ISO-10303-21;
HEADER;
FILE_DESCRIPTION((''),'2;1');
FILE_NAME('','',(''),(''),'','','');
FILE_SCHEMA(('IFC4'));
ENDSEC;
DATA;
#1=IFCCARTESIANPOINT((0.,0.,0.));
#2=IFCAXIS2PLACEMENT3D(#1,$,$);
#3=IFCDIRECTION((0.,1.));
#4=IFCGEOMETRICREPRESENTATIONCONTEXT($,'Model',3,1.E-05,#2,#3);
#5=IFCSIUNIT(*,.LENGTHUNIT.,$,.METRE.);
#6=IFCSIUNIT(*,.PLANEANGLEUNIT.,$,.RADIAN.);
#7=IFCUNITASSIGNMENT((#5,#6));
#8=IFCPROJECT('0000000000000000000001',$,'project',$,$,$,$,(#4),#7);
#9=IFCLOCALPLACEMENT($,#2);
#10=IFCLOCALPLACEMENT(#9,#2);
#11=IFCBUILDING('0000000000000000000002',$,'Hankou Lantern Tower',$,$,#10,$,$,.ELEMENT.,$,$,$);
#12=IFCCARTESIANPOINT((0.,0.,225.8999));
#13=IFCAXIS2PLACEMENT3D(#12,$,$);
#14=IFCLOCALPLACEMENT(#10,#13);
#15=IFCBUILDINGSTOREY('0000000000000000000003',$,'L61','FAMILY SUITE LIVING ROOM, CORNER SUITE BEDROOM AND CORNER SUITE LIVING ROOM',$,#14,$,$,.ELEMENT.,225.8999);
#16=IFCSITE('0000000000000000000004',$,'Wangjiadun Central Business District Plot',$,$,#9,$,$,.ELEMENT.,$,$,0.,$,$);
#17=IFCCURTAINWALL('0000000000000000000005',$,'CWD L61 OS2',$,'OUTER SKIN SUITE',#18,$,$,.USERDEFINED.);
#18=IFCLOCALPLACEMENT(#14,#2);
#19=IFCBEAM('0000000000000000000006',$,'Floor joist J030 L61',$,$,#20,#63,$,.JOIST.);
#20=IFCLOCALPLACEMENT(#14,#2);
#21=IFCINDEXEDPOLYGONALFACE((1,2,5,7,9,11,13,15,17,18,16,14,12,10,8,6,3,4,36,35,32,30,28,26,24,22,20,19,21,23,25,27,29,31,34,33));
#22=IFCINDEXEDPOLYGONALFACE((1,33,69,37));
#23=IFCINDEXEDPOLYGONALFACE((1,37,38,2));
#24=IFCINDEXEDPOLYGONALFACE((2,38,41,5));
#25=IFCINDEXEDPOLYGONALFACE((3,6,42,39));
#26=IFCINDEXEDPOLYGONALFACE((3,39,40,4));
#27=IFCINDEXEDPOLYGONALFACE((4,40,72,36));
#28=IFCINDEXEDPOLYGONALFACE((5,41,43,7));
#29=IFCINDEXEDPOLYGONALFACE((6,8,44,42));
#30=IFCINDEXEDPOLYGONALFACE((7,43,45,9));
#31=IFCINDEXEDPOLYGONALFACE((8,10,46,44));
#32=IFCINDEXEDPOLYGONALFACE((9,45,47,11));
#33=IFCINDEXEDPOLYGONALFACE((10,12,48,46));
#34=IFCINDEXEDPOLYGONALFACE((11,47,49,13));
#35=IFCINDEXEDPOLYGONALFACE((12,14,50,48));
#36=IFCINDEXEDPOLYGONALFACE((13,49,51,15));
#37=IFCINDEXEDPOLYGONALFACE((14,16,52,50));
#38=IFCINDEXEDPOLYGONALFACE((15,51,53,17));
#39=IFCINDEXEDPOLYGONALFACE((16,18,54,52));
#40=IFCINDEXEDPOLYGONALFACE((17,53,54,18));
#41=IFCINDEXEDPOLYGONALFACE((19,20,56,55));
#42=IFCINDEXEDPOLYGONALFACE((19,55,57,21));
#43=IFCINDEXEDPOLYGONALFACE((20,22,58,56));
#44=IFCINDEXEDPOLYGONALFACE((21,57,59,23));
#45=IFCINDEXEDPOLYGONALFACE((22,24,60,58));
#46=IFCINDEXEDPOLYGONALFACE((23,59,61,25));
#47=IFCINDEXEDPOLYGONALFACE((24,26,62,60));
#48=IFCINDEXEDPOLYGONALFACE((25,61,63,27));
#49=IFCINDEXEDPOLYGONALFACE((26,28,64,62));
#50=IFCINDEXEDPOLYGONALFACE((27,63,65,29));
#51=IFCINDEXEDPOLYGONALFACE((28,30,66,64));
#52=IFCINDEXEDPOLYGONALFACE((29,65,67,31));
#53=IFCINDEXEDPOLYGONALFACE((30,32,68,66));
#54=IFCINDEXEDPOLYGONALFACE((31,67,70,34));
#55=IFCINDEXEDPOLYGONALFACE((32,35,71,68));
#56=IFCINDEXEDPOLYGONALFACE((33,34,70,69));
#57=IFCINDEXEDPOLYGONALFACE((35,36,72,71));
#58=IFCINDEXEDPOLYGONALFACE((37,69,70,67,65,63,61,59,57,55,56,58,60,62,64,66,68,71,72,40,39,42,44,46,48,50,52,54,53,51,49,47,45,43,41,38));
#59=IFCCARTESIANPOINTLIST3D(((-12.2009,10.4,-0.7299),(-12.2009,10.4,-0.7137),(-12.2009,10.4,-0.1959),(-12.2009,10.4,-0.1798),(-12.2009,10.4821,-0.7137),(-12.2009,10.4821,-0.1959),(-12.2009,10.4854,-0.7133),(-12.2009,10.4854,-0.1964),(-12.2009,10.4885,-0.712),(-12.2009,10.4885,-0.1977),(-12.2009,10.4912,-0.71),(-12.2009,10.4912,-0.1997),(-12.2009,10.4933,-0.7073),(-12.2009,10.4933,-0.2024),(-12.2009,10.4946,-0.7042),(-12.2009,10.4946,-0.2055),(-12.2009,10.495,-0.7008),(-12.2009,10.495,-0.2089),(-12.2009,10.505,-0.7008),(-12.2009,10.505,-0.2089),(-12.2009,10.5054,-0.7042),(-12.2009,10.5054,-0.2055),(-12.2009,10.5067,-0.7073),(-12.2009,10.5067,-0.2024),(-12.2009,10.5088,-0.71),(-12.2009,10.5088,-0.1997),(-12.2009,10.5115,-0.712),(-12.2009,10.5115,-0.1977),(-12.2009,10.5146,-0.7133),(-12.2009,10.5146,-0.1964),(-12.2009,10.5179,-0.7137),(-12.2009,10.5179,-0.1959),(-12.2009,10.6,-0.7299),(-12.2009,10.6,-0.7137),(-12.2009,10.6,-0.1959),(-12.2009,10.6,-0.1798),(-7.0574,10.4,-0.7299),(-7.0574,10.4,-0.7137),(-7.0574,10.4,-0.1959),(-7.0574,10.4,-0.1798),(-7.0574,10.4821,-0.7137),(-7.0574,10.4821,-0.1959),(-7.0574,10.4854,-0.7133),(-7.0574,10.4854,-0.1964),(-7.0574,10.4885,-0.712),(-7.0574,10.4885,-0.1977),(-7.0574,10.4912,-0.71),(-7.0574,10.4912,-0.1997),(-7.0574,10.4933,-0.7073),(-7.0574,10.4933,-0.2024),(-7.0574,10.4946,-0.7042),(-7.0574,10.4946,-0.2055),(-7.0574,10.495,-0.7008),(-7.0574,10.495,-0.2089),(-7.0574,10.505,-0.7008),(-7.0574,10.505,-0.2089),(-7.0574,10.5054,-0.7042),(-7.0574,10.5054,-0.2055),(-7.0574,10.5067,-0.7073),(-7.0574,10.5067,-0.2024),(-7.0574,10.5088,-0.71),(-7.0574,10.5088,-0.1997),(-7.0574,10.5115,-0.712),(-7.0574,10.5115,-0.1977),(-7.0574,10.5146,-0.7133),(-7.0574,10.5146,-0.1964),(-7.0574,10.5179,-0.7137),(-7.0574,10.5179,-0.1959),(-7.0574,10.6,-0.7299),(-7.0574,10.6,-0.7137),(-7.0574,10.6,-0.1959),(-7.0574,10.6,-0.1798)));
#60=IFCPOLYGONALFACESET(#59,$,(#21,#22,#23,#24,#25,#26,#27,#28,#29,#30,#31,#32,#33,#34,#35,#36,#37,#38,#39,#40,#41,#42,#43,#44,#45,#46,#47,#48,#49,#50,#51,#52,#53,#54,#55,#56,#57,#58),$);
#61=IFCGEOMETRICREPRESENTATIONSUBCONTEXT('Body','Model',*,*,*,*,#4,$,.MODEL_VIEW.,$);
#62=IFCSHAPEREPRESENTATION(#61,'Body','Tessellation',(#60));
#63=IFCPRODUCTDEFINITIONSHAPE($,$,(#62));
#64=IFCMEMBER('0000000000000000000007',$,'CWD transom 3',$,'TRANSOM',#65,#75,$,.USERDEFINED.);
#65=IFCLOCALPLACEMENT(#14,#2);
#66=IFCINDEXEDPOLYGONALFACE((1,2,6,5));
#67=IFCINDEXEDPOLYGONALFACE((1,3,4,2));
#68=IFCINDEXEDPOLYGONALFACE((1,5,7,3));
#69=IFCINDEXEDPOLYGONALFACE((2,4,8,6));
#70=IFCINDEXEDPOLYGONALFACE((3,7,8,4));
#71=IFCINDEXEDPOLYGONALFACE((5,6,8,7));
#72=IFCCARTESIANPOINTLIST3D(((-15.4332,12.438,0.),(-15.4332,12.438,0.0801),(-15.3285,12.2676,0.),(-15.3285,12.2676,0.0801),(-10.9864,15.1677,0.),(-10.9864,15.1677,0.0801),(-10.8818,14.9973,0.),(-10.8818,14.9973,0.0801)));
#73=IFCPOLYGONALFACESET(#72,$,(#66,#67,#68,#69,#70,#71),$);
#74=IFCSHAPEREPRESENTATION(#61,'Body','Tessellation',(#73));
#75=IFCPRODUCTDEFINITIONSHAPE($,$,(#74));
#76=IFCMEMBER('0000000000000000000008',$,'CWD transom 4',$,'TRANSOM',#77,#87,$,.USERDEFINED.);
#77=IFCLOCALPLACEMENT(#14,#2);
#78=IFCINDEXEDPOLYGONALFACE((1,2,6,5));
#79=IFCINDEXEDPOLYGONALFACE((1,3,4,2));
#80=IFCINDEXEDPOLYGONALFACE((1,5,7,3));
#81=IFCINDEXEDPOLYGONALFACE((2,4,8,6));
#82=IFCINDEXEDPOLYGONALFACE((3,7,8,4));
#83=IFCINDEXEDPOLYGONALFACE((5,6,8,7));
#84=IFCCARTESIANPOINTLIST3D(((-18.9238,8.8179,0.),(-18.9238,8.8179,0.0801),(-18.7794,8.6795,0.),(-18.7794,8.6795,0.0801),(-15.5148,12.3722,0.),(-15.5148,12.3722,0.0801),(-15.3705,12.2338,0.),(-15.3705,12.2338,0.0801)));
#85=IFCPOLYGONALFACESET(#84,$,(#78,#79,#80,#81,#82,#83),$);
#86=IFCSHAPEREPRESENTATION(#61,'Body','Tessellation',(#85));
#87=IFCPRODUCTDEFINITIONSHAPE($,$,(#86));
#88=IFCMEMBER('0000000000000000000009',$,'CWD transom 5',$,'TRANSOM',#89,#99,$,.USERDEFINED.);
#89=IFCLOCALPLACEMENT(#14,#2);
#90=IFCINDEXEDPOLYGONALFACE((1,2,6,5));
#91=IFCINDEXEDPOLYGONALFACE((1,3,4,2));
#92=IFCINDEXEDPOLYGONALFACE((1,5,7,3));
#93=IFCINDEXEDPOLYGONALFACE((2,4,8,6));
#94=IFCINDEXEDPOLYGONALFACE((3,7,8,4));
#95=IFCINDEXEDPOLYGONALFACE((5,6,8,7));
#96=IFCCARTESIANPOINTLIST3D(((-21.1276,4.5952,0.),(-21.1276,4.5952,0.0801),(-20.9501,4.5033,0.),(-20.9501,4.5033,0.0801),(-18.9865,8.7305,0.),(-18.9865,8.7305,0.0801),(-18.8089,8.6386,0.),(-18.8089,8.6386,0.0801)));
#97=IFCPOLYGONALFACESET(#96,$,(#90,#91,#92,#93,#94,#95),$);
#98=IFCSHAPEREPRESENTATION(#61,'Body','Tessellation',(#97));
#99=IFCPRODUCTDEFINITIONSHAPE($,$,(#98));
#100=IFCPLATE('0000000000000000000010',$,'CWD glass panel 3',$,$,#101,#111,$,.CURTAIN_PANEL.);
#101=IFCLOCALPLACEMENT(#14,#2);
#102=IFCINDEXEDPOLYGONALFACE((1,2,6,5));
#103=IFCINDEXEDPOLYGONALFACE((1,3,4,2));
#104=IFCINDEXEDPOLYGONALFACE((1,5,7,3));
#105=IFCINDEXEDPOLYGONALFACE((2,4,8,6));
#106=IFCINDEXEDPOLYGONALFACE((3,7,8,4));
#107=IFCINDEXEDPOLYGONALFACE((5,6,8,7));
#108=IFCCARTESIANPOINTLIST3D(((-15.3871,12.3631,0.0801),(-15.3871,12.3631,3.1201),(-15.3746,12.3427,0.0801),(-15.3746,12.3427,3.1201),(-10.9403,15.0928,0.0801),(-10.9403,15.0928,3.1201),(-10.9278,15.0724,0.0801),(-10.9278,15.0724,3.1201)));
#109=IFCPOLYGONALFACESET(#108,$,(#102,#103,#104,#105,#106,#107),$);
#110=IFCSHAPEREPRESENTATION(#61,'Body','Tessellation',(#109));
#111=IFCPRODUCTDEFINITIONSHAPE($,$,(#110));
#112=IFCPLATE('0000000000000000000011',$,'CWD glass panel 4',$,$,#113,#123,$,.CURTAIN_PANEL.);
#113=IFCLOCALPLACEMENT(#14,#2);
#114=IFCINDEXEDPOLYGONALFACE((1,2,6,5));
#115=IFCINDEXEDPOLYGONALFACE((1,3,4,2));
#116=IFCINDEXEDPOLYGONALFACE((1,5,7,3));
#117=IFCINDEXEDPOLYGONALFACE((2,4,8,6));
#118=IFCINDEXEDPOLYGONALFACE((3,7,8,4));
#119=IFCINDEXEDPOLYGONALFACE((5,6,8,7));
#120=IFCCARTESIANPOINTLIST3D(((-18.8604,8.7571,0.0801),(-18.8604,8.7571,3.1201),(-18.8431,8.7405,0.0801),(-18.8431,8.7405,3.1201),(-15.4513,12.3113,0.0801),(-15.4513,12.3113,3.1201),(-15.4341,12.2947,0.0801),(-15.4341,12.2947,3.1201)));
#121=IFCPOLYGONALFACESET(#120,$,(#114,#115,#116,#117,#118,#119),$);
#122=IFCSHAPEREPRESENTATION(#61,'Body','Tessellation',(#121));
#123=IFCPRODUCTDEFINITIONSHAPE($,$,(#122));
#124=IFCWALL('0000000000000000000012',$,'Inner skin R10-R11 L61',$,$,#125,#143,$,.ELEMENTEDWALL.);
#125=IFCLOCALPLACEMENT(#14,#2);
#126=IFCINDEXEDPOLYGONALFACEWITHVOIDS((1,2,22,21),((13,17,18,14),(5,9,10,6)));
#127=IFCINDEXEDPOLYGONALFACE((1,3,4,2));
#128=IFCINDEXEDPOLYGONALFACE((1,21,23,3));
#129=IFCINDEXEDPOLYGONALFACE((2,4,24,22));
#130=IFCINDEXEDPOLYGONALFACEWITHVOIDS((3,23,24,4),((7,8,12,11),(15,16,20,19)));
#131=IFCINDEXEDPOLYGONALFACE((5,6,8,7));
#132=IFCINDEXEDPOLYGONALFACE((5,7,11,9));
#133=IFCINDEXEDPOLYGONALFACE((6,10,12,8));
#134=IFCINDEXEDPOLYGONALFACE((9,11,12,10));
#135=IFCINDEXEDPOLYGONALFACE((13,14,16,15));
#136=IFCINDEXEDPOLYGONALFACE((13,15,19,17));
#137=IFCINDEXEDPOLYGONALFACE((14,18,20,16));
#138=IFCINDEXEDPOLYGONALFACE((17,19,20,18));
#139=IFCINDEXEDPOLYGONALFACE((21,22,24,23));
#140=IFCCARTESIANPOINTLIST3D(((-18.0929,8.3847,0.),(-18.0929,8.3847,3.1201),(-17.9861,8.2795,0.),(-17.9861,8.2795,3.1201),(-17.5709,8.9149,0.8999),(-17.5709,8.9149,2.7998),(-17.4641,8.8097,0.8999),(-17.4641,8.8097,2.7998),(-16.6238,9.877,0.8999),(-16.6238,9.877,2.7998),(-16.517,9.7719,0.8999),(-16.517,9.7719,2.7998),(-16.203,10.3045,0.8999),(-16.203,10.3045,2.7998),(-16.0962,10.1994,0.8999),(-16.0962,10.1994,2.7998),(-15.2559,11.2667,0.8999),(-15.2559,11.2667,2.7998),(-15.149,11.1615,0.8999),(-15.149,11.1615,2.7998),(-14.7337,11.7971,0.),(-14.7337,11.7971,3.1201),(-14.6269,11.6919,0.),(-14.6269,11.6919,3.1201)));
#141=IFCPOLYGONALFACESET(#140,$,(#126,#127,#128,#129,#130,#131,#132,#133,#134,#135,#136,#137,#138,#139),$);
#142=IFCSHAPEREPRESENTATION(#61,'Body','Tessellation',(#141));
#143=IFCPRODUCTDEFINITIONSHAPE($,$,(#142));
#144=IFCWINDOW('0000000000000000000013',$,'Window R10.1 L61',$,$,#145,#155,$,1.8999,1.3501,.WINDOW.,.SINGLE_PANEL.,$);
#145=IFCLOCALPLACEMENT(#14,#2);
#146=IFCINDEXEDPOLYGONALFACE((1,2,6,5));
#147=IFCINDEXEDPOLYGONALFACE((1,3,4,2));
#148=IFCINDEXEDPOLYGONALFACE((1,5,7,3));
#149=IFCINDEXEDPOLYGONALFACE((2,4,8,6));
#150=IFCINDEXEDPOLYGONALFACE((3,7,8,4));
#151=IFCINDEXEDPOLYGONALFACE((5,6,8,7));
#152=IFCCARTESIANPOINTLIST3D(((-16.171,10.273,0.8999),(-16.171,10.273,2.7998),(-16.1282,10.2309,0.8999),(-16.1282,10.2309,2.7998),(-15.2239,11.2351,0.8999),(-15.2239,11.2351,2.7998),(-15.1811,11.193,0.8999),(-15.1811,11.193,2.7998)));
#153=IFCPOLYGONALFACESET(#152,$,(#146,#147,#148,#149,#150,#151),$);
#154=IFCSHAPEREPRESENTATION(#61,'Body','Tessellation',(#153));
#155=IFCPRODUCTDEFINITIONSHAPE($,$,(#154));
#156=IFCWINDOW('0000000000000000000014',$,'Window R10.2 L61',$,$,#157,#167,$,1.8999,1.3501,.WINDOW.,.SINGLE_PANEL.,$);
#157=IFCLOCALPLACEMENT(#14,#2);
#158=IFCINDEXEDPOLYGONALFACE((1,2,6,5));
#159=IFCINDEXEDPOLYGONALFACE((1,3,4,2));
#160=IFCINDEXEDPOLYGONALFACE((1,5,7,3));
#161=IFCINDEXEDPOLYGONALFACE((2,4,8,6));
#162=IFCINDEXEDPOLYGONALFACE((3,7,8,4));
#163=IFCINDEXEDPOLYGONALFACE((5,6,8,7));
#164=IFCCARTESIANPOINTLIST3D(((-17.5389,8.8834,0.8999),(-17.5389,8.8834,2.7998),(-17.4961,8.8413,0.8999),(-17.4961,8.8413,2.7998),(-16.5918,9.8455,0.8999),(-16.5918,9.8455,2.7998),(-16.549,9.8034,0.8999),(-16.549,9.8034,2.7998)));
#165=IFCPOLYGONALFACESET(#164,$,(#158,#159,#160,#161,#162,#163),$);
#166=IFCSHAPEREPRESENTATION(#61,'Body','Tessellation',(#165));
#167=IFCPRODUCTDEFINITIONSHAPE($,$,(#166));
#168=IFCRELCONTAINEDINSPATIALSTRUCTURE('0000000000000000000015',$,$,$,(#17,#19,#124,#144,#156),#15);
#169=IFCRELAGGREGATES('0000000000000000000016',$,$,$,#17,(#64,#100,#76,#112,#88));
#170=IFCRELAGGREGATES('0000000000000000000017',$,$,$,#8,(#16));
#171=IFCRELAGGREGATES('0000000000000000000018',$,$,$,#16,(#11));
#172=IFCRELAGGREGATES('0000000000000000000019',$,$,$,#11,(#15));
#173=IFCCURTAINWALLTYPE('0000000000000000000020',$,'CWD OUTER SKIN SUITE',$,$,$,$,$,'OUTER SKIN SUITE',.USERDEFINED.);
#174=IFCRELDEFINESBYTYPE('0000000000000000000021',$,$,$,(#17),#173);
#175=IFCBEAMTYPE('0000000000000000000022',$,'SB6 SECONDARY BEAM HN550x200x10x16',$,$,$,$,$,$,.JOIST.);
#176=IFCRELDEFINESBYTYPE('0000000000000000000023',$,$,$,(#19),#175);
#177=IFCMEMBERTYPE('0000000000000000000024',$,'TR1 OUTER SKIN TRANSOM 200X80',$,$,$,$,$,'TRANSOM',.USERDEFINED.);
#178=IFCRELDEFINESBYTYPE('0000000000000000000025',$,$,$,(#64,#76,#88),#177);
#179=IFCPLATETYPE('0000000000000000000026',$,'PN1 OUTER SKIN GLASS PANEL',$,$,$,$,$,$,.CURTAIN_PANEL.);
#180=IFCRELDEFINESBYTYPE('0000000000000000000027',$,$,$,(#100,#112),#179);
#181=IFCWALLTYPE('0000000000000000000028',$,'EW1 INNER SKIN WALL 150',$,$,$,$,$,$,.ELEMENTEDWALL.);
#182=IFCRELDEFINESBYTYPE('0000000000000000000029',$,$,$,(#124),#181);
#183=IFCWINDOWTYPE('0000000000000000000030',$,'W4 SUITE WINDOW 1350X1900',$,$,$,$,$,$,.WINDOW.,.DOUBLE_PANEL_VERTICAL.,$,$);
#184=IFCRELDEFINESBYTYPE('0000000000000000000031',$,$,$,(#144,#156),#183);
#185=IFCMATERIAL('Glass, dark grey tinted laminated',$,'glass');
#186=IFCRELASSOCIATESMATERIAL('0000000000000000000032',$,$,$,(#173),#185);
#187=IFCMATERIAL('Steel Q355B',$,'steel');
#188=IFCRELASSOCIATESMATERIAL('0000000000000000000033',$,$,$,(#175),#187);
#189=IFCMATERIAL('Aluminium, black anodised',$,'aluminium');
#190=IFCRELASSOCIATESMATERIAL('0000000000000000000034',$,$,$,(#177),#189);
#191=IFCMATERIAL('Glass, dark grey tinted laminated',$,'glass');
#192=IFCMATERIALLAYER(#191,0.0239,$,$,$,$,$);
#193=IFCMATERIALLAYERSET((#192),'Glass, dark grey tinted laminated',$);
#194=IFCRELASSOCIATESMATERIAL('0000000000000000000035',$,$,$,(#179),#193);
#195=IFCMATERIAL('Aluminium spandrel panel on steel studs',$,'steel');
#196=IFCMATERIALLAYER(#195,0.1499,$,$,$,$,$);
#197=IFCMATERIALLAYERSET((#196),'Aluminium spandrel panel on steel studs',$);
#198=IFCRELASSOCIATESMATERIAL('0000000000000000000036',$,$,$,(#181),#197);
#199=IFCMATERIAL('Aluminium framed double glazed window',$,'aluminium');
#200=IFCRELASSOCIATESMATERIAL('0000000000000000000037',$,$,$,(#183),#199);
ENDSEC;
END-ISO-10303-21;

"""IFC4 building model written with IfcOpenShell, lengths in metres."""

from ifc_helpers import new_model, si_unit, direction, frame, frame_2d, origin, origin_2d, place, context, subcontext, project, spatial, rectangle, i_section, extrude, material, layer, layer_set, material_profile, profile_set, type_object, element, fill, aggregate, save


model = new_model("IFC4")

# Units and contexts
model_context = context("Model", 3, precision=1e-05, world=origin(), true_north=direction((0.0, 1.0)))
body_context = subcontext(model_context, "Body", "Model", "MODEL_VIEW")
ifc_project = project(units=[si_unit("LENGTHUNIT", "METRE"), si_unit("PLANEANGLEUNIT", "RADIAN")], contexts=[model_context])

# Site, building, storey
site_placement = place(None, origin())
site = spatial("IfcSite", under=ifc_project, at=site_placement, Name="Wangjiadun Central Business District Plot", CompositionType="ELEMENT", RefElevation=0.0)
building_placement = place(site_placement, origin())
building = spatial("IfcBuilding", under=site, at=building_placement, Name="Hankou Lantern Tower", CompositionType="ELEMENT")
storey_placement = place(building_placement, frame((0.0, 0.0, 225.8999)))
storey = spatial("IfcBuildingStorey", under=building, at=storey_placement, Name="L61", Description="FAMILY SUITE LIVING ROOM, CORNER SUITE BEDROOM AND CORNER SUITE LIVING ROOM", CompositionType="ELEMENT", Elevation=225.8999)

# Curtain wall
ifc_material_1 = material(Name="Glass, dark grey tinted laminated", Category="glass")
curtain_wall_type = type_object("IfcCurtainWallType", Name="CWD OUTER SKIN SUITE", ElementType="OUTER SKIN SUITE", PredefinedType="USERDEFINED", material=ifc_material_1)
curtain_wall_placement = place(storey_placement, origin())
curtain_wall = element("IfcCurtainWall", 1, at=curtain_wall_placement, inside=storey, type_object=curtain_wall_type, Name="CWD L61 OS2", ObjectType="OUTER SKIN SUITE", PredefinedType="USERDEFINED")

# Beam
ifc_material_2 = material(Name="Steel Q355B", Category="steel")
ifc_material_profile_1 = material_profile(ifc_material_2, i_section(OverallWidth=0.2, OverallDepth=0.55, WebThickness=0.01, FlangeThickness=0.0161, FilletRadius=0.0129, at=origin_2d()), Name="HN550x200x10x16")
ifc_profile_set_1 = profile_set([ifc_material_profile_1], Name="Steel Q355B")
beam_type_1 = type_object("IfcBeamType", Name="SB6 SECONDARY BEAM HN550x200x10x16", PredefinedType="JOIST", material=ifc_profile_set_1)
beam_1_placement = place(storey_placement, frame((-12.2009, 10.5, -0.4548), z_axis=(1.0, 0.0, 0.0), x_axis=(0.0, 1.0, 0.0)))
element("IfcBeam", 2, at=beam_1_placement, inside=storey, type_object=beam_type_1, Name="Floor joist J030 L61", PredefinedType="JOIST", context=body_context, shape_type="SweptSolid", body=[
    extrude(i_section(OverallWidth=0.2, OverallDepth=0.55, WebThickness=0.01, FlangeThickness=0.0161, FilletRadius=0.0129, at=origin_2d()), origin(), (0.0, 0.0, 1.0), 5.1436),
])

# Members
ifc_material_3 = material(Name="Aluminium, black anodised", Category="aluminium")
ifc_material_profile_2 = material_profile(ifc_material_3, rectangle(XDim=0.2, YDim=0.0801, at=origin_2d()), Name="TR1 200X80")
ifc_profile_set_2 = profile_set([ifc_material_profile_2], Name="Aluminium, black anodised")
member_type_1 = type_object("IfcMemberType", Name="TR1 OUTER SKIN TRANSOM 200X80", ElementType="TRANSOM", PredefinedType="USERDEFINED", material=ifc_profile_set_2)
member_1_placement = place(storey_placement, frame((-10.9341, 15.0825, 0.04), z_axis=(-0.852235, -0.52316, 0.0), x_axis=(0.52316, -0.852235, 0.0)))
member_1 = element("IfcMember", 3, at=member_1_placement, type_object=member_type_1, Name="CWD transom 3", ObjectType="TRANSOM", PredefinedType="USERDEFINED", context=body_context, shape_type="SweptSolid", body=[
    extrude(rectangle(XDim=0.2, YDim=0.0801, at=origin_2d()), origin(), (0.0, 0.0, 1.0), 5.2178),
])
member_2_placement = place(storey_placement, frame((-15.4426, 12.303, 0.04), z_axis=(-0.692205, -0.721701, 0.0), x_axis=(0.721701, -0.692205, 0.0)))
member_2 = element("IfcMember", 4, at=member_2_placement, type_object=member_type_1, Name="CWD transom 4", ObjectType="TRANSOM", PredefinedType="USERDEFINED", context=body_context, shape_type="SweptSolid", body=[
    extrude(rectangle(XDim=0.2, YDim=0.0801, at=origin_2d()), origin(), (0.0, 0.0, 1.0), 4.9248),
])
member_3_placement = place(storey_placement, frame((-18.8977, 8.6846, 0.04), z_axis=(-0.459794, -0.888026, 0.0), x_axis=(0.888026, -0.459794, 0.0)))
member_3 = element("IfcMember", 5, at=member_3_placement, type_object=member_type_1, Name="CWD transom 5", ObjectType="TRANSOM", PredefinedType="USERDEFINED", context=body_context, shape_type="SweptSolid", body=[
    extrude(rectangle(XDim=0.2, YDim=0.0801, at=origin_2d()), origin(), (0.0, 0.0, 1.0), 4.6567),
])

# Plates
ifc_material_4 = material(Name="Glass, dark grey tinted laminated", Category="glass")
ifc_layer_1 = layer(ifc_material_4, 0.0239)
ifc_layer_set_1 = layer_set([ifc_layer_1], Name="Glass, dark grey tinted laminated")
plate_type = type_object("IfcPlateType", Name="PN1 OUTER SKIN GLASS PANEL", PredefinedType="CURTAIN_PANEL", material=ifc_layer_set_1)
plate_1_placement = place(storey_placement, frame((-13.1575, 13.7178, 0.0801), z_axis=(0.0, 0.0, 1.0), x_axis=(-0.852237, -0.523156, 0.0)))
plate_1 = element("IfcPlate", 6, at=plate_1_placement, type_object=plate_type, Name="CWD glass panel 3", PredefinedType="CURTAIN_PANEL", context=body_context, shape_type="SweptSolid", body=[
    extrude(rectangle(XDim=5.2178, YDim=0.0239, at=origin_2d()), origin(), (0.0, 0.0, 1.0), 3.04),
])
plate_2_placement = place(storey_placement, frame((-17.1472, 10.5259, 0.0801), z_axis=(0.0, 0.0, 1.0), x_axis=(-0.692216, -0.721691, 0.0)))
plate_2 = element("IfcPlate", 7, at=plate_2_placement, type_object=plate_type, Name="CWD glass panel 4", PredefinedType="CURTAIN_PANEL", context=body_context, shape_type="SweptSolid", body=[
    extrude(rectangle(XDim=4.9248, YDim=0.0239, at=origin_2d()), origin(), (0.0, 0.0, 1.0), 3.04),
])
aggregate(curtain_wall, [member_1, plate_1, member_2, plate_2, member_3])

# Wall, openings, windows
ifc_material_5 = material(Name="Aluminium spandrel panel on steel studs", Category="steel")
ifc_layer_2 = layer(ifc_material_5, 0.1499)
ifc_layer_set_2 = layer_set([ifc_layer_2], Name="Aluminium spandrel panel on steel studs")
wall_type_1 = type_object("IfcWallType", Name="EW1 INNER SKIN WALL 150", PredefinedType="ELEMENTEDWALL", material=ifc_layer_set_2)
wall_1_placement = place(storey_placement, frame((-14.6804, 11.7444, 0.0), z_axis=(0.0, 0.0, 1.0), x_axis=(-0.701527, -0.712643, 0.0)))
wall_1 = element("IfcWall", 8, at=wall_1_placement, inside=storey, type_object=wall_type_1, Name="Inner skin R10-R11 L61", PredefinedType="ELEMENTEDWALL", context=body_context, shape_type="SweptSolid", body=[
    extrude(rectangle(XDim=4.7883, YDim=0.1499, at=frame_2d((2.394, 0.0))), origin(), (0.0, 0.0, 1.0), 3.1201),
])
opening_1_placement = place(wall_1_placement, frame((0.7441, 0.0, 0.8999)))
opening_1 = element("IfcOpeningElement", 9, at=opening_1_placement, cuts=wall_1, PredefinedType="OPENING", context=body_context, shape_type="SweptSolid", body=[
    extrude(rectangle(XDim=1.3501, YDim=1.8999, at=frame_2d((0.675, 0.95))), frame((0.0, 0.085, 0.0), z_axis=(0.0, -1.0, 0.0), x_axis=(1.0, 0.0, 0.0)), (0.0, 0.0, 1.0), 0.1699),
])
opening_2_placement = place(wall_1_placement, frame((2.6941, 0.0, 0.8999)))
opening_2 = element("IfcOpeningElement", 10, at=opening_2_placement, cuts=wall_1, PredefinedType="OPENING", context=body_context, shape_type="SweptSolid", body=[
    extrude(rectangle(XDim=1.3501, YDim=1.8999, at=frame_2d((0.675, 0.95))), frame((0.0, 0.085, 0.0), z_axis=(0.0, -1.0, 0.0), x_axis=(1.0, 0.0, 0.0)), (0.0, 0.0, 1.0), 0.1699),
])
ifc_material_6 = material(Name="Aluminium framed double glazed window", Category="aluminium")
window_type = type_object("IfcWindowType", Name="W4 SUITE WINDOW 1350X1900", PartitioningType="DOUBLE_PANEL_VERTICAL", PredefinedType="WINDOW", material=ifc_material_6)
window_1_placement = place(opening_1_placement, origin())
window_1 = element("IfcWindow", 11, at=window_1_placement, inside=storey, type_object=window_type, Name="Window R10.1 L61", OverallHeight=1.8999, OverallWidth=1.3501, PartitioningType="SINGLE_PANEL", PredefinedType="WINDOW", context=body_context, shape_type="SweptSolid", body=[
    extrude(rectangle(XDim=1.3501, YDim=1.8999, at=frame_2d((0.675, 0.95))), frame((0.0, 0.03, 0.0), z_axis=(0.0, -1.0, 0.0), x_axis=(1.0, 0.0, 0.0)), (0.0, 0.0, 1.0), 0.0601),
])
fill(opening_1, window_1)
window_2_placement = place(opening_2_placement, origin())
window_2 = element("IfcWindow", 12, at=window_2_placement, inside=storey, type_object=window_type, Name="Window R10.2 L61", OverallHeight=1.8999, OverallWidth=1.3501, PartitioningType="SINGLE_PANEL", PredefinedType="WINDOW", context=body_context, shape_type="SweptSolid", body=[
    extrude(rectangle(XDim=1.3501, YDim=1.8999, at=frame_2d((0.675, 0.95))), frame((0.0, 0.03, 0.0), z_axis=(0.0, -1.0, 0.0), x_axis=(1.0, 0.0, 0.0)), (0.0, 0.0, 1.0), 0.0601),
])
fill(opening_2, window_2)

save(model, "model.ifc")
